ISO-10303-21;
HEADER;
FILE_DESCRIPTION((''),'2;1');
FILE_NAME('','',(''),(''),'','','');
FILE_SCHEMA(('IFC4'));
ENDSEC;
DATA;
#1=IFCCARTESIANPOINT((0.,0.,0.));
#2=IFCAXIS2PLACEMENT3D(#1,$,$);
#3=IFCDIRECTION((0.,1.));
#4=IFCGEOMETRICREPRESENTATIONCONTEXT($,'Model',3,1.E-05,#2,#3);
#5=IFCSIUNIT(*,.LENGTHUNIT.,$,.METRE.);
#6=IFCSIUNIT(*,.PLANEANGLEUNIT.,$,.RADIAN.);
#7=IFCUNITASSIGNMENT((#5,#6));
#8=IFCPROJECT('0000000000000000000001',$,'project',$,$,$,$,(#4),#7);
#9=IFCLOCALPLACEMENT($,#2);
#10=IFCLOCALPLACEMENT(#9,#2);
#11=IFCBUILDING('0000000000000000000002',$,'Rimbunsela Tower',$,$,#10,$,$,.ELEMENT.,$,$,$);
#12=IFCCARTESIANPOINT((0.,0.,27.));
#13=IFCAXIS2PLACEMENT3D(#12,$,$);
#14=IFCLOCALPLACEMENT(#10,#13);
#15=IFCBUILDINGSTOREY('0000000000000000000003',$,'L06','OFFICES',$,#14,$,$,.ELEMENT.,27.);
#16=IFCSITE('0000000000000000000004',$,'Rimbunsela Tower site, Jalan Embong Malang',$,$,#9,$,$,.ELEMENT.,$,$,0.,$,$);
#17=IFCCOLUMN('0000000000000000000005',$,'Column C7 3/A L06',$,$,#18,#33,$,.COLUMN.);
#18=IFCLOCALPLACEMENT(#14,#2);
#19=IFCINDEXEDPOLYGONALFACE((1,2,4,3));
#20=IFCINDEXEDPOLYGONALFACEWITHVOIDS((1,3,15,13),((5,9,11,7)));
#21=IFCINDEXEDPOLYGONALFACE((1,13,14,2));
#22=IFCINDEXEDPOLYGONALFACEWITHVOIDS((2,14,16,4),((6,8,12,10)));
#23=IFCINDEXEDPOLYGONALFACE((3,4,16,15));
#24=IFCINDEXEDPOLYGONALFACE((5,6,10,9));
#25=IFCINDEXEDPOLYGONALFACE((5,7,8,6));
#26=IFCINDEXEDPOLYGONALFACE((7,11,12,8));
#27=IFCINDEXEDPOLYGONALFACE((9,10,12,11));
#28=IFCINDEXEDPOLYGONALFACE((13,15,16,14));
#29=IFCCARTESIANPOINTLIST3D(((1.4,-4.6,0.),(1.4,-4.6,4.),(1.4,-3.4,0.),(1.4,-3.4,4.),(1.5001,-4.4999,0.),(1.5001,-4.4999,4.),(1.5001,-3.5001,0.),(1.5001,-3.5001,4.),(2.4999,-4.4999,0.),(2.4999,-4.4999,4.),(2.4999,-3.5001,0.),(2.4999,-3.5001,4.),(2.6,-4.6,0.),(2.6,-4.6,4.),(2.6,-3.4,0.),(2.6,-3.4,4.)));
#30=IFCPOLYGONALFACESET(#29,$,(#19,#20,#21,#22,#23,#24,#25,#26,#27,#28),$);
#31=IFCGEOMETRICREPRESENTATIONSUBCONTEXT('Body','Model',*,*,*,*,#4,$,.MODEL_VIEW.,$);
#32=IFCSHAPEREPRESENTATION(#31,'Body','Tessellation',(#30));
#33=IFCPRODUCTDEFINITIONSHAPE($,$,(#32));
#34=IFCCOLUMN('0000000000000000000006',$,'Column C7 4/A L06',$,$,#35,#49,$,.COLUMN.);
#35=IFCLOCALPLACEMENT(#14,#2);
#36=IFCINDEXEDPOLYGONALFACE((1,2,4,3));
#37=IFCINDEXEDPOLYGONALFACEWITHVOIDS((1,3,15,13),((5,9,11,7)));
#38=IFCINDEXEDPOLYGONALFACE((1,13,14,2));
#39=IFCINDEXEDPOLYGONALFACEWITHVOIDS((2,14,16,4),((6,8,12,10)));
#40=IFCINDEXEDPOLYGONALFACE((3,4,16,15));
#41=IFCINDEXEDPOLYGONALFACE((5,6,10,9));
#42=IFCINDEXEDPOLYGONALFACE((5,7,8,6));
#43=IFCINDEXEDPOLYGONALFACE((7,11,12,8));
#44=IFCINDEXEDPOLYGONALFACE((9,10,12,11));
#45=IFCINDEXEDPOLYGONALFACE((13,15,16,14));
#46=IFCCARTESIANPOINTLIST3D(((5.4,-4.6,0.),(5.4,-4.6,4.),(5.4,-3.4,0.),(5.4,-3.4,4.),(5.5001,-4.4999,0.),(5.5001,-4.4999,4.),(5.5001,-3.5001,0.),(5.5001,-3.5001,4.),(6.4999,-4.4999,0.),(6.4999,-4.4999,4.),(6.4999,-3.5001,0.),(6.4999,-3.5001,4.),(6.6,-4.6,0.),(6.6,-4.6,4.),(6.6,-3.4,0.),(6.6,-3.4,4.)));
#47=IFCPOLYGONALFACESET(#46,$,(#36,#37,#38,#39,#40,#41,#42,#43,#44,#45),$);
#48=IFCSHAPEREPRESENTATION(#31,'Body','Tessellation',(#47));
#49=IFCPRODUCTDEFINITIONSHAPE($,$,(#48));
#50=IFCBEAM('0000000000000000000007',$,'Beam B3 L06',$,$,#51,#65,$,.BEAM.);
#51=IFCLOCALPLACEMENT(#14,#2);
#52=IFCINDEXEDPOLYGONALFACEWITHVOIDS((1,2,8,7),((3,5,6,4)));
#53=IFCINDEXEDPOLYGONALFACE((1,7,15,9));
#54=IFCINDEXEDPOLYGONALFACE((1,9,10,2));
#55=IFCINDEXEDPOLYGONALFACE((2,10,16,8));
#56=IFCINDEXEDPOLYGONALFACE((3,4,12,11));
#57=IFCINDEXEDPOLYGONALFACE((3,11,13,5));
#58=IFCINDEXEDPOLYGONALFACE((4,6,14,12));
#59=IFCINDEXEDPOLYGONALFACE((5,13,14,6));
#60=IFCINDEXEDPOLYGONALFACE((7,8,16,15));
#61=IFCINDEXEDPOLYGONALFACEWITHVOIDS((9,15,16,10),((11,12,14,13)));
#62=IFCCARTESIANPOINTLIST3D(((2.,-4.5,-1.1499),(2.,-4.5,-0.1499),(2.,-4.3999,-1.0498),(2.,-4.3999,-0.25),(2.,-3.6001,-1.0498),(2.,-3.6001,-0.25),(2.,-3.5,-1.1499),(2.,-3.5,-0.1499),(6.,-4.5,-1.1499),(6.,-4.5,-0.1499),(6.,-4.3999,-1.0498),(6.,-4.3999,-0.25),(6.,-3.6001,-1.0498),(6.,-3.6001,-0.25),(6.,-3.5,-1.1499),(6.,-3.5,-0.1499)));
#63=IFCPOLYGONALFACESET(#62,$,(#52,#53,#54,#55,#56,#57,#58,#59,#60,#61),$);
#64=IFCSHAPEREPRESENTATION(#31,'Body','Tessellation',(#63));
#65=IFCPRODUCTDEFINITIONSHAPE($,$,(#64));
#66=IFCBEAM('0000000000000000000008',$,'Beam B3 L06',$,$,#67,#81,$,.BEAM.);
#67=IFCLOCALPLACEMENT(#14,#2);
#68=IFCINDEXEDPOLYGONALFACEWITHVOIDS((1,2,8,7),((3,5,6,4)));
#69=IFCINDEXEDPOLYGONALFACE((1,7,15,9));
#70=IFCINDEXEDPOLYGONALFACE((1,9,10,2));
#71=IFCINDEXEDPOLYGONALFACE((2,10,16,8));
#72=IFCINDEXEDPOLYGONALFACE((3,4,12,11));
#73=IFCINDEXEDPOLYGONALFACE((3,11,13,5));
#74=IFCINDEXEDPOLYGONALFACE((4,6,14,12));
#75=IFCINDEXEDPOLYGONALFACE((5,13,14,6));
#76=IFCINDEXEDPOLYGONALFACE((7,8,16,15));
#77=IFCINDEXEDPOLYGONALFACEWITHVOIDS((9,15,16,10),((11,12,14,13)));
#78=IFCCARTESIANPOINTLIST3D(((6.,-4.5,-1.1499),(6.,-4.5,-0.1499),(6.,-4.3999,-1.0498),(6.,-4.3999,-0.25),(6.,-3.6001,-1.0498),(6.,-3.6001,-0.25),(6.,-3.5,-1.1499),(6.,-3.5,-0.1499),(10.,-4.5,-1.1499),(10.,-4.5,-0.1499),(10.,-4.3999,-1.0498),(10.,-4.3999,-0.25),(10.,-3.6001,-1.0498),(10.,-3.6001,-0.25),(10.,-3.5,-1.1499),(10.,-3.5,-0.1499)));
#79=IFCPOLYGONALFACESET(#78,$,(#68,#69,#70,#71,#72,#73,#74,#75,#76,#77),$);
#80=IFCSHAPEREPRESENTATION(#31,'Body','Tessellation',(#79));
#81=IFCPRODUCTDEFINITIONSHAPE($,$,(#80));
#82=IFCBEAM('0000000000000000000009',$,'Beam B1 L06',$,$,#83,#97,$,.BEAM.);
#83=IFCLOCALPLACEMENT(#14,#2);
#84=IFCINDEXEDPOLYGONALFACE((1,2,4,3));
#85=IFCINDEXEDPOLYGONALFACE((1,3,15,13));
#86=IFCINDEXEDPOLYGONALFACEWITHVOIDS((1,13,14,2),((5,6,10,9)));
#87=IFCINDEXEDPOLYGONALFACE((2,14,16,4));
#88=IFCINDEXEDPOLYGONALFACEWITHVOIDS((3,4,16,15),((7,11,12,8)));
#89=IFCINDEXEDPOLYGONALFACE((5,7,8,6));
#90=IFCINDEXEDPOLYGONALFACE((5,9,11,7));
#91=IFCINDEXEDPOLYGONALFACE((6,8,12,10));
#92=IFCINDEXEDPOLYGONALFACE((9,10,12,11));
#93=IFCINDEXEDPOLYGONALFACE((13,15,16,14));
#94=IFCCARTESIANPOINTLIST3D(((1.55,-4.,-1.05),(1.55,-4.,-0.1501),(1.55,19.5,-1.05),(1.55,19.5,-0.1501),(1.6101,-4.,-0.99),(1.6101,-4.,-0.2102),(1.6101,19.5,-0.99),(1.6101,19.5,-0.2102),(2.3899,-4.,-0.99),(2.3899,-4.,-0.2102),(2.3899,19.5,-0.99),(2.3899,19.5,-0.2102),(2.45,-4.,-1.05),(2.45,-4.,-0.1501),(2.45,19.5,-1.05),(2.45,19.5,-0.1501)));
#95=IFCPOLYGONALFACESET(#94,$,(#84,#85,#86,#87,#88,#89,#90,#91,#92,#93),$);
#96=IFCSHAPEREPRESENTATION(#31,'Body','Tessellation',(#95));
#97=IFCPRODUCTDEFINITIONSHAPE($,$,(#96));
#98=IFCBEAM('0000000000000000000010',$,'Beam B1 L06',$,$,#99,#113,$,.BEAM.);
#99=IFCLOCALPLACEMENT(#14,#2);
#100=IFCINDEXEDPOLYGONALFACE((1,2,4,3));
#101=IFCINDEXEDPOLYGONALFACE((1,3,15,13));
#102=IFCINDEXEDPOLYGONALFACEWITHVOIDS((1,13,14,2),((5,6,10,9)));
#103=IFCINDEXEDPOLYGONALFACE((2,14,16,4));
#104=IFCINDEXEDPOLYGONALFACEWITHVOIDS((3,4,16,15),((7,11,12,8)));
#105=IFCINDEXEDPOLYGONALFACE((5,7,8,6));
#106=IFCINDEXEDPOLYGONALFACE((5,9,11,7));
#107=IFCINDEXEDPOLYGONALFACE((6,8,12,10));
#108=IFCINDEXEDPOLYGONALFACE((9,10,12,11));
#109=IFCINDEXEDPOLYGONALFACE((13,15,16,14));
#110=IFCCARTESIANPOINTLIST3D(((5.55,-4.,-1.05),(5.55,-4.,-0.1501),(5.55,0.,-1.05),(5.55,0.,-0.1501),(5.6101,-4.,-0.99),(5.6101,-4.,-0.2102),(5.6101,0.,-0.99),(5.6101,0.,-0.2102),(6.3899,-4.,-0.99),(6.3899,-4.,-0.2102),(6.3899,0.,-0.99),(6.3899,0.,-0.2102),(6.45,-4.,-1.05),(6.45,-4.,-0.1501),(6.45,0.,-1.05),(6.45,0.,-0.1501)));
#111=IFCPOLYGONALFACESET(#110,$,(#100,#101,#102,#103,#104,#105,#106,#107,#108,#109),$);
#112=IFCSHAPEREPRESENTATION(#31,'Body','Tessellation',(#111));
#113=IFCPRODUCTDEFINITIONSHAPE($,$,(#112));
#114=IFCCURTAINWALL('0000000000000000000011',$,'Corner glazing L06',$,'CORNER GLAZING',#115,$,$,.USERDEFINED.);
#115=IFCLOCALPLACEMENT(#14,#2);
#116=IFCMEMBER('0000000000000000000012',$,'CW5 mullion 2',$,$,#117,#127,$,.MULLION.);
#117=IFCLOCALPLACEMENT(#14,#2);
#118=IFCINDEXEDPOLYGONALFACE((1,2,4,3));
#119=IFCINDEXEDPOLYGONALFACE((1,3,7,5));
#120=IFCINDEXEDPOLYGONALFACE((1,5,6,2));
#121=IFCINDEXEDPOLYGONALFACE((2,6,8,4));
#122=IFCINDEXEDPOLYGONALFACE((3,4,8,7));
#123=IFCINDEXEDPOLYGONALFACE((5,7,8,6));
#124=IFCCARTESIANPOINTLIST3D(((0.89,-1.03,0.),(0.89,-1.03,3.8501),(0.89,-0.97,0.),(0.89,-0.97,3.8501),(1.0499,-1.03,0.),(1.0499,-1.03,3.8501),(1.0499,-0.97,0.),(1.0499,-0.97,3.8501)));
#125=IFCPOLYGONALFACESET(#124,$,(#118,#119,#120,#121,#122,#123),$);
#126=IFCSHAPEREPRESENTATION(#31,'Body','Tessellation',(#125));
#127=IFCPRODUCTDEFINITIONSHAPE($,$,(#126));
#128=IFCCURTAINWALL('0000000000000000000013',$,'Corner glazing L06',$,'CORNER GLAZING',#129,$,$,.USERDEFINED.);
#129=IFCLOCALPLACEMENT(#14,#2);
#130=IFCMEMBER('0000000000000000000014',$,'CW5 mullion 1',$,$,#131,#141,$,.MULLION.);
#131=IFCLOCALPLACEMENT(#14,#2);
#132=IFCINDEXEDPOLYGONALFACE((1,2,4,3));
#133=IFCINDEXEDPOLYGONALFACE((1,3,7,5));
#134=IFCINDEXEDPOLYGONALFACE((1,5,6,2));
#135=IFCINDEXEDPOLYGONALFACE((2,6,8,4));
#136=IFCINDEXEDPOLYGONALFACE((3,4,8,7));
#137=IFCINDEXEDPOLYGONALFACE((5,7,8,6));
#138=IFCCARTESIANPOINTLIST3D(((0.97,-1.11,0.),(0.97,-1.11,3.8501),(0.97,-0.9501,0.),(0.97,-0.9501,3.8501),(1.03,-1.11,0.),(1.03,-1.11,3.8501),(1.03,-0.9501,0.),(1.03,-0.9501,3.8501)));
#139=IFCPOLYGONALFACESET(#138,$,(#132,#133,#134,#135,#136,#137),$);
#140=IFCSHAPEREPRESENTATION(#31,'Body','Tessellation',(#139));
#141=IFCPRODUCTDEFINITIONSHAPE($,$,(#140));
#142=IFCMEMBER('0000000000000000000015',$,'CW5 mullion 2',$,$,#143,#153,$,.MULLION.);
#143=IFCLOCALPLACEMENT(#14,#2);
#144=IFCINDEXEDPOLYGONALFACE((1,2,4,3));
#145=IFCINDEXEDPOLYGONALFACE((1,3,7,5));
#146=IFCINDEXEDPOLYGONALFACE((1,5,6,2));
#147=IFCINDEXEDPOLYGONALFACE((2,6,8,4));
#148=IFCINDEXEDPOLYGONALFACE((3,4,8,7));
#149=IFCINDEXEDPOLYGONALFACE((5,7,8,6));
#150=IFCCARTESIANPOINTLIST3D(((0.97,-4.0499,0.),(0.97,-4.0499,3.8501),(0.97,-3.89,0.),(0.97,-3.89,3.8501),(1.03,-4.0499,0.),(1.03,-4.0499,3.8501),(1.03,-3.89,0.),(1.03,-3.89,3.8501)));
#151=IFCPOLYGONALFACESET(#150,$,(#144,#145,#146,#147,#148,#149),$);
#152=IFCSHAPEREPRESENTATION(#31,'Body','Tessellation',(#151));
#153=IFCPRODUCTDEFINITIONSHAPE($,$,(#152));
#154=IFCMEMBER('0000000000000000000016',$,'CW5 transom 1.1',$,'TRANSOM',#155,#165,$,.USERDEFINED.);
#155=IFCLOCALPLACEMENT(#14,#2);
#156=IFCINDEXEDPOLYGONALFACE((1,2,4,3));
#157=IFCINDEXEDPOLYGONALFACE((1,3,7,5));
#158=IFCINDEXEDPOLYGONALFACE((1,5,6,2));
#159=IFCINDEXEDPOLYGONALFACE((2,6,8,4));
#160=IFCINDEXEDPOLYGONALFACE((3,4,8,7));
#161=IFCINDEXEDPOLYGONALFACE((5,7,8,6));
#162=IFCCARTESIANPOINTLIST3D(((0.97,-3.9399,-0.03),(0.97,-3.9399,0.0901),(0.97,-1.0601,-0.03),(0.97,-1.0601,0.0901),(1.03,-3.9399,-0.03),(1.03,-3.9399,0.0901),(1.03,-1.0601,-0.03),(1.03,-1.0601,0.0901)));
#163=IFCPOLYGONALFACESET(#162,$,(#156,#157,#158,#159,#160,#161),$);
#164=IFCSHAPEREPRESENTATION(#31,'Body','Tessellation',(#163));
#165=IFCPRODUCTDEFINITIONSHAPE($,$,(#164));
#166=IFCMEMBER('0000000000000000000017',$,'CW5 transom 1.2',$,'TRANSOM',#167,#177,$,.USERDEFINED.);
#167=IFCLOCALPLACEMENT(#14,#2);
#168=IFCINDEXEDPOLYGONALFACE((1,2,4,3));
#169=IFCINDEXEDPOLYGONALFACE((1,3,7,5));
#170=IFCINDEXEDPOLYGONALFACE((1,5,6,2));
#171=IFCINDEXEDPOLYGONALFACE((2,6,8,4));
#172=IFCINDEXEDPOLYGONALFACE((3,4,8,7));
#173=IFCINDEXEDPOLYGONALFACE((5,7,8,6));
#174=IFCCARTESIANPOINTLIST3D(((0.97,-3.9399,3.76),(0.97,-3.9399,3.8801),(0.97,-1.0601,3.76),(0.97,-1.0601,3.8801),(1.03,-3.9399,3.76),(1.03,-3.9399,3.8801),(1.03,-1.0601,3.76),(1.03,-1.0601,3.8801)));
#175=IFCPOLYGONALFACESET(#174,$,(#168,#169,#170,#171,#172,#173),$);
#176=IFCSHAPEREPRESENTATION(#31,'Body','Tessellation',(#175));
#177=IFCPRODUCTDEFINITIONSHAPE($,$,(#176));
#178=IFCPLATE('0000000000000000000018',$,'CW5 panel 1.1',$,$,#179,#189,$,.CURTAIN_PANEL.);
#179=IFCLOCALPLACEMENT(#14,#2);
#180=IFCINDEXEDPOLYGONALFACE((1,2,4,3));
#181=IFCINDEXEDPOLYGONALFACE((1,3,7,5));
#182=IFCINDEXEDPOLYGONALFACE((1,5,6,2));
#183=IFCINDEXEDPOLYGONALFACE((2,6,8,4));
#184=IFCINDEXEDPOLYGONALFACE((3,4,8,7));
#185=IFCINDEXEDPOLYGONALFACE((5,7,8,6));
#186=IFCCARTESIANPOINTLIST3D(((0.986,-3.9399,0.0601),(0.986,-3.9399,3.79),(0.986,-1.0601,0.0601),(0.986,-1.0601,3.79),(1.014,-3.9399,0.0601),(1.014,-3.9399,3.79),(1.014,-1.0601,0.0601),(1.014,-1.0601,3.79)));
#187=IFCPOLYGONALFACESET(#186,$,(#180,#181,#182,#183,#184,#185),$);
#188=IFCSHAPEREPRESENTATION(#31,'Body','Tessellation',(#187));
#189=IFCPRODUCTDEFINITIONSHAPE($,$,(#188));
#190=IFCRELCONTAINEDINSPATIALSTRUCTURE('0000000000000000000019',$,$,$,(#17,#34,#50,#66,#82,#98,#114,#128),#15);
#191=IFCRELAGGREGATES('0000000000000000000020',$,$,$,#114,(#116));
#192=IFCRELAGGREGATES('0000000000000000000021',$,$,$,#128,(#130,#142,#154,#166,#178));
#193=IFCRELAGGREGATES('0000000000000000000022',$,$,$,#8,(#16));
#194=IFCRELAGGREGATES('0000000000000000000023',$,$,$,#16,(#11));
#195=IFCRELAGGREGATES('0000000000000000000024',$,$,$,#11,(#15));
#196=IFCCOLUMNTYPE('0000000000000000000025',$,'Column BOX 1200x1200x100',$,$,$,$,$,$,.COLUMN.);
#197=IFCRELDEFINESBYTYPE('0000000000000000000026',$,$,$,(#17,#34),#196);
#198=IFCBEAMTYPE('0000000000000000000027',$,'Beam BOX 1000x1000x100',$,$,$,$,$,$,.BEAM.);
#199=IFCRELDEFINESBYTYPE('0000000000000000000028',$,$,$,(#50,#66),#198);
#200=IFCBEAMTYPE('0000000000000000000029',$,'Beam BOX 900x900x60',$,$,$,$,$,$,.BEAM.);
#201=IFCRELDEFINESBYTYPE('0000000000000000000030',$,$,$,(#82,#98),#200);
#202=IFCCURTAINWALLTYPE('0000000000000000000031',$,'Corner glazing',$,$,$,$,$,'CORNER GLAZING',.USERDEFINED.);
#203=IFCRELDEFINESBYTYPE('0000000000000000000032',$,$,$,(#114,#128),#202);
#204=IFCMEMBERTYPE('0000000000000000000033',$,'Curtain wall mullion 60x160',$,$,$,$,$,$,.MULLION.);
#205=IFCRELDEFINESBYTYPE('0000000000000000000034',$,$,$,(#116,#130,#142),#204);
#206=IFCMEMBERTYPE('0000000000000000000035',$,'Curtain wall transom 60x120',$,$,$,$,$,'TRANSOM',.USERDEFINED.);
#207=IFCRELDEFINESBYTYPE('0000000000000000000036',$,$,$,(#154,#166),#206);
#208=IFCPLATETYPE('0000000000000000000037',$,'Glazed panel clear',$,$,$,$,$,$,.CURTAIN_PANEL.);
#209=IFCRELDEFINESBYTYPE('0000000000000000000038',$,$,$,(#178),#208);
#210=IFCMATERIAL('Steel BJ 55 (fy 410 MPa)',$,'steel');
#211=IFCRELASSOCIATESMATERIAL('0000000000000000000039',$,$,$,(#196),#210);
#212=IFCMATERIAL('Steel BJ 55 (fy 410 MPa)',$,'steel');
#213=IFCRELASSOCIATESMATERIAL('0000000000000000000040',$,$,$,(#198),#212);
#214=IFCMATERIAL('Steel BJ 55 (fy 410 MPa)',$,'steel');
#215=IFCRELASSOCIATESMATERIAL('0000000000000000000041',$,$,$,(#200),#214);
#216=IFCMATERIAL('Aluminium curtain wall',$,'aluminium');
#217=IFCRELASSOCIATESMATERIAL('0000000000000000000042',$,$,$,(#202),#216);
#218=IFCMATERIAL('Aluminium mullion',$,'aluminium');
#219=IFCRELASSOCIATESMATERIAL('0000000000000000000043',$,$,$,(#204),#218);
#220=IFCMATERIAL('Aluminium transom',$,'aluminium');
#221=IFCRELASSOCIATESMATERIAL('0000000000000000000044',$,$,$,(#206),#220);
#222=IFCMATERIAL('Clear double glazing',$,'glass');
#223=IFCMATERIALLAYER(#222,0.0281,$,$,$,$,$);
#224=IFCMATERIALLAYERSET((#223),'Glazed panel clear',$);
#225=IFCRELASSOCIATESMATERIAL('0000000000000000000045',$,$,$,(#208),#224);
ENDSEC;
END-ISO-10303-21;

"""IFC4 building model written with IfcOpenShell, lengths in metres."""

from ifc_helpers import new_model, si_unit, direction, frame, origin, origin_2d, place, context, subcontext, project, spatial, rectangle, hollow_rectangle, extrude, material, layer, layer_set, material_profile, profile_set, type_object, element, aggregate, save


model = new_model("IFC4")

# Units and contexts
model_context = context("Model", 3, precision=1e-05, world=origin(), true_north=direction((0.0, 1.0)))
body_context = subcontext(model_context, "Body", "Model", "MODEL_VIEW")
ifc_project = project(units=[si_unit("LENGTHUNIT", "METRE"), si_unit("PLANEANGLEUNIT", "RADIAN")], contexts=[model_context])

# Site, building, storey
site_placement = place(None, origin())
site = spatial("IfcSite", under=ifc_project, at=site_placement, Name="Rimbunsela Tower site, Jalan Embong Malang", CompositionType="ELEMENT", RefElevation=0.0)
building_placement = place(site_placement, origin())
building = spatial("IfcBuilding", under=site, at=building_placement, Name="Rimbunsela Tower", CompositionType="ELEMENT")
storey_placement = place(building_placement, frame((0.0, 0.0, 27.0)))
storey = spatial("IfcBuildingStorey", under=building, at=storey_placement, Name="L06", Description="OFFICES", CompositionType="ELEMENT", Elevation=27.0)

# Columns
ifc_material_1 = material(Name="Steel BJ 55 (fy 410 MPa)", Category="steel")
ifc_material_profile_1 = material_profile(ifc_material_1, hollow_rectangle(XDim=1.2, YDim=1.2, WallThickness=0.1001, at=origin_2d()), Name="BOX 1200x1200x100")
ifc_profile_set_1 = profile_set([ifc_material_profile_1], Name="Steel BJ 55 (fy 410 MPa)")
column_type = type_object("IfcColumnType", Name="Column BOX 1200x1200x100", PredefinedType="COLUMN", material=ifc_profile_set_1)
for number, where, z_axis, x_axis, name in (
    (1, (2.0, -4.0, 0.0), (0.0, 0.0, 1.0), (1.0, 0.0, 0.0), "Column C7 3/A L06"),
    (2, (6.0, -4.0, 0.0), (0.0, 0.0, 1.0), (1.0, 0.0, 0.0), "Column C7 4/A L06"),
):
    element("IfcColumn", number, at=place(storey_placement, frame(where, z_axis=z_axis, x_axis=x_axis)), inside=storey, type_object=column_type, Name=name, PredefinedType="COLUMN", context=body_context, shape_type="SweptSolid", body=[
        extrude(hollow_rectangle(XDim=1.2, YDim=1.2, WallThickness=0.1001, at=origin_2d()), origin(), (0.0, 0.0, 1.0), 4.0),
    ])

# Beams
ifc_material_2 = material(Name="Steel BJ 55 (fy 410 MPa)", Category="steel")
ifc_material_profile_2 = material_profile(ifc_material_2, hollow_rectangle(XDim=1.0, YDim=1.0, WallThickness=0.1001, at=origin_2d()), Name="BOX 1000x1000x100")
ifc_profile_set_2 = profile_set([ifc_material_profile_2], Name="Steel BJ 55 (fy 410 MPa)")
beam_type_1 = type_object("IfcBeamType", Name="Beam BOX 1000x1000x100", PredefinedType="BEAM", material=ifc_profile_set_2)
for number, where, z_axis, x_axis, name in (
    (3, (2.0, -4.0, -0.6499), (1.0, 0.0, 0.0), (0.0, 1.0, 0.0), "Beam B3 L06"),
    (4, (6.0, -4.0, -0.6499), (1.0, 0.0, 0.0), (0.0, 1.0, 0.0), "Beam B3 L06"),
):
    element("IfcBeam", number, at=place(storey_placement, frame(where, z_axis=z_axis, x_axis=x_axis)), inside=storey, type_object=beam_type_1, Name=name, PredefinedType="BEAM", context=body_context, shape_type="SweptSolid", body=[
        extrude(hollow_rectangle(XDim=1.0, YDim=1.0, WallThickness=0.1001, at=origin_2d()), origin(), (0.0, 0.0, 1.0), 4.0),
    ])
ifc_material_3 = material(Name="Steel BJ 55 (fy 410 MPa)", Category="steel")
ifc_material_profile_3 = material_profile(ifc_material_3, hollow_rectangle(XDim=0.8999, YDim=0.8999, WallThickness=0.0601, at=origin_2d()), Name="BOX 900x900x60")
ifc_profile_set_3 = profile_set([ifc_material_profile_3], Name="Steel BJ 55 (fy 410 MPa)")
beam_type_2 = type_object("IfcBeamType", Name="Beam BOX 900x900x60", PredefinedType="BEAM", material=ifc_profile_set_3)
beam_1_placement = place(storey_placement, frame((2.0, -4.0, -0.6001), z_axis=(0.0, 1.0, 0.0), x_axis=(-1.0, 0.0, 0.0)))
element("IfcBeam", 5, at=beam_1_placement, inside=storey, type_object=beam_type_2, Name="Beam B1 L06", PredefinedType="BEAM", context=body_context, shape_type="SweptSolid", body=[
    extrude(hollow_rectangle(XDim=0.8999, YDim=0.8999, WallThickness=0.0601, at=origin_2d()), origin(), (0.0, 0.0, 1.0), 23.5),
])
beam_2_placement = place(storey_placement, frame((6.0, -4.0, -0.6001), z_axis=(0.0, 1.0, 0.0), x_axis=(-1.0, 0.0, 0.0)))
element("IfcBeam", 6, at=beam_2_placement, inside=storey, type_object=beam_type_2, Name="Beam B1 L06", PredefinedType="BEAM", context=body_context, shape_type="SweptSolid", body=[
    extrude(hollow_rectangle(XDim=0.8999, YDim=0.8999, WallThickness=0.0601, at=origin_2d()), origin(), (0.0, 0.0, 1.0), 4.0),
])

# Curtain wall, member
ifc_material_4 = material(Name="Aluminium curtain wall", Category="aluminium")
curtain_wall_type = type_object("IfcCurtainWallType", Name="Corner glazing", ElementType="CORNER GLAZING", PredefinedType="USERDEFINED", material=ifc_material_4)
curtain_wall_1_placement = place(storey_placement, origin())
curtain_wall_1 = element("IfcCurtainWall", 7, at=curtain_wall_1_placement, inside=storey, type_object=curtain_wall_type, Name="Corner glazing L06", ObjectType="CORNER GLAZING", PredefinedType="USERDEFINED")
ifc_material_5 = material(Name="Aluminium mullion", Category="aluminium")
ifc_material_profile_4 = material_profile(ifc_material_5, rectangle(XDim=0.0601, YDim=0.1599, at=origin_2d()), Name="Mullion 60x160")
ifc_profile_set_4 = profile_set([ifc_material_profile_4], Name="Aluminium mullion")
member_type_1 = type_object("IfcMemberType", Name="Curtain wall mullion 60x160", PredefinedType="MULLION", material=ifc_profile_set_4)
member_1_placement = place(storey_placement, frame((0.97, -1.0, 0.0), z_axis=(0.0, 0.0, 1.0), x_axis=(0.0, 1.0, 0.0)))
member_1 = element("IfcMember", 8, at=member_1_placement, type_object=member_type_1, Name="CW5 mullion 2", PredefinedType="MULLION", context=body_context, shape_type="SweptSolid", body=[
    extrude(rectangle(XDim=0.0601, YDim=0.1599, at=origin_2d()), origin(), (0.0, 0.0, 1.0), 3.8501),
])
aggregate(curtain_wall_1, [member_1])

# Curtain wall, members, plate
curtain_wall_2_placement = place(storey_placement, origin())
curtain_wall_2 = element("IfcCurtainWall", 9, at=curtain_wall_2_placement, inside=storey, type_object=curtain_wall_type, Name="Corner glazing L06", ObjectType="CORNER GLAZING", PredefinedType="USERDEFINED")
member_2_placement = place(storey_placement, frame((1.0, -1.03, 0.0), z_axis=(0.0, 0.0, 1.0), x_axis=(1.0, 0.0, 0.0)))
member_2 = element("IfcMember", 10, at=member_2_placement, type_object=member_type_1, Name="CW5 mullion 1", PredefinedType="MULLION", context=body_context, shape_type="SweptSolid", body=[
    extrude(rectangle(XDim=0.0601, YDim=0.1599, at=origin_2d()), origin(), (0.0, 0.0, 1.0), 3.8501),
])
member_3_placement = place(storey_placement, frame((1.0, -3.97, 0.0), z_axis=(0.0, 0.0, 1.0), x_axis=(1.0, 0.0, 0.0)))
member_3 = element("IfcMember", 11, at=member_3_placement, type_object=member_type_1, Name="CW5 mullion 2", PredefinedType="MULLION", context=body_context, shape_type="SweptSolid", body=[
    extrude(rectangle(XDim=0.0601, YDim=0.1599, at=origin_2d()), origin(), (0.0, 0.0, 1.0), 3.8501),
])
ifc_material_6 = material(Name="Aluminium transom", Category="aluminium")
ifc_material_profile_5 = material_profile(ifc_material_6, rectangle(XDim=0.0601, YDim=0.1201, at=origin_2d()), Name="Transom 60x120")
ifc_profile_set_5 = profile_set([ifc_material_profile_5], Name="Aluminium transom")
member_type_2 = type_object("IfcMemberType", Name="Curtain wall transom 60x120", ElementType="TRANSOM", PredefinedType="USERDEFINED", material=ifc_profile_set_5)
member_4_placement = place(storey_placement, frame((1.0, -1.0601, 0.03), z_axis=(0.0, -1.0, 0.0), x_axis=(1.0, 0.0, 0.0)))
member_4 = element("IfcMember", 12, at=member_4_placement, type_object=member_type_2, Name="CW5 transom 1.1", ObjectType="TRANSOM", PredefinedType="USERDEFINED", context=body_context, shape_type="SweptSolid", body=[
    extrude(rectangle(XDim=0.0601, YDim=0.1201, at=origin_2d()), origin(), (0.0, 0.0, 1.0), 2.8799),
])
member_5_placement = place(storey_placement, frame((1.0, -1.0601, 3.8201), z_axis=(0.0, -1.0, 0.0), x_axis=(1.0, 0.0, 0.0)))
member_5 = element("IfcMember", 13, at=member_5_placement, type_object=member_type_2, Name="CW5 transom 1.2", ObjectType="TRANSOM", PredefinedType="USERDEFINED", context=body_context, shape_type="SweptSolid", body=[
    extrude(rectangle(XDim=0.0601, YDim=0.1201, at=origin_2d()), origin(), (0.0, 0.0, 1.0), 2.8799),
])
ifc_material_7 = material(Name="Clear double glazing", Category="glass")
ifc_layer_1 = layer(ifc_material_7, 0.0281)
ifc_layer_set_1 = layer_set([ifc_layer_1], Name="Glazed panel clear")
plate_type = type_object("IfcPlateType", Name="Glazed panel clear", PredefinedType="CURTAIN_PANEL", material=ifc_layer_set_1)
plate_placement = place(storey_placement, frame((1.0, -2.5, 0.0601), z_axis=(0.0, 0.0, 1.0), x_axis=(0.0, -1.0, 0.0)))
plate = element("IfcPlate", 14, at=plate_placement, type_object=plate_type, Name="CW5 panel 1.1", PredefinedType="CURTAIN_PANEL", context=body_context, shape_type="SweptSolid", body=[
    extrude(rectangle(XDim=2.8799, YDim=0.0281, at=origin_2d()), origin(), (0.0, 0.0, 1.0), 3.73),
])
aggregate(curtain_wall_2, [member_2, member_3, member_4, member_5, plate])

save(model, "model.ifc")
